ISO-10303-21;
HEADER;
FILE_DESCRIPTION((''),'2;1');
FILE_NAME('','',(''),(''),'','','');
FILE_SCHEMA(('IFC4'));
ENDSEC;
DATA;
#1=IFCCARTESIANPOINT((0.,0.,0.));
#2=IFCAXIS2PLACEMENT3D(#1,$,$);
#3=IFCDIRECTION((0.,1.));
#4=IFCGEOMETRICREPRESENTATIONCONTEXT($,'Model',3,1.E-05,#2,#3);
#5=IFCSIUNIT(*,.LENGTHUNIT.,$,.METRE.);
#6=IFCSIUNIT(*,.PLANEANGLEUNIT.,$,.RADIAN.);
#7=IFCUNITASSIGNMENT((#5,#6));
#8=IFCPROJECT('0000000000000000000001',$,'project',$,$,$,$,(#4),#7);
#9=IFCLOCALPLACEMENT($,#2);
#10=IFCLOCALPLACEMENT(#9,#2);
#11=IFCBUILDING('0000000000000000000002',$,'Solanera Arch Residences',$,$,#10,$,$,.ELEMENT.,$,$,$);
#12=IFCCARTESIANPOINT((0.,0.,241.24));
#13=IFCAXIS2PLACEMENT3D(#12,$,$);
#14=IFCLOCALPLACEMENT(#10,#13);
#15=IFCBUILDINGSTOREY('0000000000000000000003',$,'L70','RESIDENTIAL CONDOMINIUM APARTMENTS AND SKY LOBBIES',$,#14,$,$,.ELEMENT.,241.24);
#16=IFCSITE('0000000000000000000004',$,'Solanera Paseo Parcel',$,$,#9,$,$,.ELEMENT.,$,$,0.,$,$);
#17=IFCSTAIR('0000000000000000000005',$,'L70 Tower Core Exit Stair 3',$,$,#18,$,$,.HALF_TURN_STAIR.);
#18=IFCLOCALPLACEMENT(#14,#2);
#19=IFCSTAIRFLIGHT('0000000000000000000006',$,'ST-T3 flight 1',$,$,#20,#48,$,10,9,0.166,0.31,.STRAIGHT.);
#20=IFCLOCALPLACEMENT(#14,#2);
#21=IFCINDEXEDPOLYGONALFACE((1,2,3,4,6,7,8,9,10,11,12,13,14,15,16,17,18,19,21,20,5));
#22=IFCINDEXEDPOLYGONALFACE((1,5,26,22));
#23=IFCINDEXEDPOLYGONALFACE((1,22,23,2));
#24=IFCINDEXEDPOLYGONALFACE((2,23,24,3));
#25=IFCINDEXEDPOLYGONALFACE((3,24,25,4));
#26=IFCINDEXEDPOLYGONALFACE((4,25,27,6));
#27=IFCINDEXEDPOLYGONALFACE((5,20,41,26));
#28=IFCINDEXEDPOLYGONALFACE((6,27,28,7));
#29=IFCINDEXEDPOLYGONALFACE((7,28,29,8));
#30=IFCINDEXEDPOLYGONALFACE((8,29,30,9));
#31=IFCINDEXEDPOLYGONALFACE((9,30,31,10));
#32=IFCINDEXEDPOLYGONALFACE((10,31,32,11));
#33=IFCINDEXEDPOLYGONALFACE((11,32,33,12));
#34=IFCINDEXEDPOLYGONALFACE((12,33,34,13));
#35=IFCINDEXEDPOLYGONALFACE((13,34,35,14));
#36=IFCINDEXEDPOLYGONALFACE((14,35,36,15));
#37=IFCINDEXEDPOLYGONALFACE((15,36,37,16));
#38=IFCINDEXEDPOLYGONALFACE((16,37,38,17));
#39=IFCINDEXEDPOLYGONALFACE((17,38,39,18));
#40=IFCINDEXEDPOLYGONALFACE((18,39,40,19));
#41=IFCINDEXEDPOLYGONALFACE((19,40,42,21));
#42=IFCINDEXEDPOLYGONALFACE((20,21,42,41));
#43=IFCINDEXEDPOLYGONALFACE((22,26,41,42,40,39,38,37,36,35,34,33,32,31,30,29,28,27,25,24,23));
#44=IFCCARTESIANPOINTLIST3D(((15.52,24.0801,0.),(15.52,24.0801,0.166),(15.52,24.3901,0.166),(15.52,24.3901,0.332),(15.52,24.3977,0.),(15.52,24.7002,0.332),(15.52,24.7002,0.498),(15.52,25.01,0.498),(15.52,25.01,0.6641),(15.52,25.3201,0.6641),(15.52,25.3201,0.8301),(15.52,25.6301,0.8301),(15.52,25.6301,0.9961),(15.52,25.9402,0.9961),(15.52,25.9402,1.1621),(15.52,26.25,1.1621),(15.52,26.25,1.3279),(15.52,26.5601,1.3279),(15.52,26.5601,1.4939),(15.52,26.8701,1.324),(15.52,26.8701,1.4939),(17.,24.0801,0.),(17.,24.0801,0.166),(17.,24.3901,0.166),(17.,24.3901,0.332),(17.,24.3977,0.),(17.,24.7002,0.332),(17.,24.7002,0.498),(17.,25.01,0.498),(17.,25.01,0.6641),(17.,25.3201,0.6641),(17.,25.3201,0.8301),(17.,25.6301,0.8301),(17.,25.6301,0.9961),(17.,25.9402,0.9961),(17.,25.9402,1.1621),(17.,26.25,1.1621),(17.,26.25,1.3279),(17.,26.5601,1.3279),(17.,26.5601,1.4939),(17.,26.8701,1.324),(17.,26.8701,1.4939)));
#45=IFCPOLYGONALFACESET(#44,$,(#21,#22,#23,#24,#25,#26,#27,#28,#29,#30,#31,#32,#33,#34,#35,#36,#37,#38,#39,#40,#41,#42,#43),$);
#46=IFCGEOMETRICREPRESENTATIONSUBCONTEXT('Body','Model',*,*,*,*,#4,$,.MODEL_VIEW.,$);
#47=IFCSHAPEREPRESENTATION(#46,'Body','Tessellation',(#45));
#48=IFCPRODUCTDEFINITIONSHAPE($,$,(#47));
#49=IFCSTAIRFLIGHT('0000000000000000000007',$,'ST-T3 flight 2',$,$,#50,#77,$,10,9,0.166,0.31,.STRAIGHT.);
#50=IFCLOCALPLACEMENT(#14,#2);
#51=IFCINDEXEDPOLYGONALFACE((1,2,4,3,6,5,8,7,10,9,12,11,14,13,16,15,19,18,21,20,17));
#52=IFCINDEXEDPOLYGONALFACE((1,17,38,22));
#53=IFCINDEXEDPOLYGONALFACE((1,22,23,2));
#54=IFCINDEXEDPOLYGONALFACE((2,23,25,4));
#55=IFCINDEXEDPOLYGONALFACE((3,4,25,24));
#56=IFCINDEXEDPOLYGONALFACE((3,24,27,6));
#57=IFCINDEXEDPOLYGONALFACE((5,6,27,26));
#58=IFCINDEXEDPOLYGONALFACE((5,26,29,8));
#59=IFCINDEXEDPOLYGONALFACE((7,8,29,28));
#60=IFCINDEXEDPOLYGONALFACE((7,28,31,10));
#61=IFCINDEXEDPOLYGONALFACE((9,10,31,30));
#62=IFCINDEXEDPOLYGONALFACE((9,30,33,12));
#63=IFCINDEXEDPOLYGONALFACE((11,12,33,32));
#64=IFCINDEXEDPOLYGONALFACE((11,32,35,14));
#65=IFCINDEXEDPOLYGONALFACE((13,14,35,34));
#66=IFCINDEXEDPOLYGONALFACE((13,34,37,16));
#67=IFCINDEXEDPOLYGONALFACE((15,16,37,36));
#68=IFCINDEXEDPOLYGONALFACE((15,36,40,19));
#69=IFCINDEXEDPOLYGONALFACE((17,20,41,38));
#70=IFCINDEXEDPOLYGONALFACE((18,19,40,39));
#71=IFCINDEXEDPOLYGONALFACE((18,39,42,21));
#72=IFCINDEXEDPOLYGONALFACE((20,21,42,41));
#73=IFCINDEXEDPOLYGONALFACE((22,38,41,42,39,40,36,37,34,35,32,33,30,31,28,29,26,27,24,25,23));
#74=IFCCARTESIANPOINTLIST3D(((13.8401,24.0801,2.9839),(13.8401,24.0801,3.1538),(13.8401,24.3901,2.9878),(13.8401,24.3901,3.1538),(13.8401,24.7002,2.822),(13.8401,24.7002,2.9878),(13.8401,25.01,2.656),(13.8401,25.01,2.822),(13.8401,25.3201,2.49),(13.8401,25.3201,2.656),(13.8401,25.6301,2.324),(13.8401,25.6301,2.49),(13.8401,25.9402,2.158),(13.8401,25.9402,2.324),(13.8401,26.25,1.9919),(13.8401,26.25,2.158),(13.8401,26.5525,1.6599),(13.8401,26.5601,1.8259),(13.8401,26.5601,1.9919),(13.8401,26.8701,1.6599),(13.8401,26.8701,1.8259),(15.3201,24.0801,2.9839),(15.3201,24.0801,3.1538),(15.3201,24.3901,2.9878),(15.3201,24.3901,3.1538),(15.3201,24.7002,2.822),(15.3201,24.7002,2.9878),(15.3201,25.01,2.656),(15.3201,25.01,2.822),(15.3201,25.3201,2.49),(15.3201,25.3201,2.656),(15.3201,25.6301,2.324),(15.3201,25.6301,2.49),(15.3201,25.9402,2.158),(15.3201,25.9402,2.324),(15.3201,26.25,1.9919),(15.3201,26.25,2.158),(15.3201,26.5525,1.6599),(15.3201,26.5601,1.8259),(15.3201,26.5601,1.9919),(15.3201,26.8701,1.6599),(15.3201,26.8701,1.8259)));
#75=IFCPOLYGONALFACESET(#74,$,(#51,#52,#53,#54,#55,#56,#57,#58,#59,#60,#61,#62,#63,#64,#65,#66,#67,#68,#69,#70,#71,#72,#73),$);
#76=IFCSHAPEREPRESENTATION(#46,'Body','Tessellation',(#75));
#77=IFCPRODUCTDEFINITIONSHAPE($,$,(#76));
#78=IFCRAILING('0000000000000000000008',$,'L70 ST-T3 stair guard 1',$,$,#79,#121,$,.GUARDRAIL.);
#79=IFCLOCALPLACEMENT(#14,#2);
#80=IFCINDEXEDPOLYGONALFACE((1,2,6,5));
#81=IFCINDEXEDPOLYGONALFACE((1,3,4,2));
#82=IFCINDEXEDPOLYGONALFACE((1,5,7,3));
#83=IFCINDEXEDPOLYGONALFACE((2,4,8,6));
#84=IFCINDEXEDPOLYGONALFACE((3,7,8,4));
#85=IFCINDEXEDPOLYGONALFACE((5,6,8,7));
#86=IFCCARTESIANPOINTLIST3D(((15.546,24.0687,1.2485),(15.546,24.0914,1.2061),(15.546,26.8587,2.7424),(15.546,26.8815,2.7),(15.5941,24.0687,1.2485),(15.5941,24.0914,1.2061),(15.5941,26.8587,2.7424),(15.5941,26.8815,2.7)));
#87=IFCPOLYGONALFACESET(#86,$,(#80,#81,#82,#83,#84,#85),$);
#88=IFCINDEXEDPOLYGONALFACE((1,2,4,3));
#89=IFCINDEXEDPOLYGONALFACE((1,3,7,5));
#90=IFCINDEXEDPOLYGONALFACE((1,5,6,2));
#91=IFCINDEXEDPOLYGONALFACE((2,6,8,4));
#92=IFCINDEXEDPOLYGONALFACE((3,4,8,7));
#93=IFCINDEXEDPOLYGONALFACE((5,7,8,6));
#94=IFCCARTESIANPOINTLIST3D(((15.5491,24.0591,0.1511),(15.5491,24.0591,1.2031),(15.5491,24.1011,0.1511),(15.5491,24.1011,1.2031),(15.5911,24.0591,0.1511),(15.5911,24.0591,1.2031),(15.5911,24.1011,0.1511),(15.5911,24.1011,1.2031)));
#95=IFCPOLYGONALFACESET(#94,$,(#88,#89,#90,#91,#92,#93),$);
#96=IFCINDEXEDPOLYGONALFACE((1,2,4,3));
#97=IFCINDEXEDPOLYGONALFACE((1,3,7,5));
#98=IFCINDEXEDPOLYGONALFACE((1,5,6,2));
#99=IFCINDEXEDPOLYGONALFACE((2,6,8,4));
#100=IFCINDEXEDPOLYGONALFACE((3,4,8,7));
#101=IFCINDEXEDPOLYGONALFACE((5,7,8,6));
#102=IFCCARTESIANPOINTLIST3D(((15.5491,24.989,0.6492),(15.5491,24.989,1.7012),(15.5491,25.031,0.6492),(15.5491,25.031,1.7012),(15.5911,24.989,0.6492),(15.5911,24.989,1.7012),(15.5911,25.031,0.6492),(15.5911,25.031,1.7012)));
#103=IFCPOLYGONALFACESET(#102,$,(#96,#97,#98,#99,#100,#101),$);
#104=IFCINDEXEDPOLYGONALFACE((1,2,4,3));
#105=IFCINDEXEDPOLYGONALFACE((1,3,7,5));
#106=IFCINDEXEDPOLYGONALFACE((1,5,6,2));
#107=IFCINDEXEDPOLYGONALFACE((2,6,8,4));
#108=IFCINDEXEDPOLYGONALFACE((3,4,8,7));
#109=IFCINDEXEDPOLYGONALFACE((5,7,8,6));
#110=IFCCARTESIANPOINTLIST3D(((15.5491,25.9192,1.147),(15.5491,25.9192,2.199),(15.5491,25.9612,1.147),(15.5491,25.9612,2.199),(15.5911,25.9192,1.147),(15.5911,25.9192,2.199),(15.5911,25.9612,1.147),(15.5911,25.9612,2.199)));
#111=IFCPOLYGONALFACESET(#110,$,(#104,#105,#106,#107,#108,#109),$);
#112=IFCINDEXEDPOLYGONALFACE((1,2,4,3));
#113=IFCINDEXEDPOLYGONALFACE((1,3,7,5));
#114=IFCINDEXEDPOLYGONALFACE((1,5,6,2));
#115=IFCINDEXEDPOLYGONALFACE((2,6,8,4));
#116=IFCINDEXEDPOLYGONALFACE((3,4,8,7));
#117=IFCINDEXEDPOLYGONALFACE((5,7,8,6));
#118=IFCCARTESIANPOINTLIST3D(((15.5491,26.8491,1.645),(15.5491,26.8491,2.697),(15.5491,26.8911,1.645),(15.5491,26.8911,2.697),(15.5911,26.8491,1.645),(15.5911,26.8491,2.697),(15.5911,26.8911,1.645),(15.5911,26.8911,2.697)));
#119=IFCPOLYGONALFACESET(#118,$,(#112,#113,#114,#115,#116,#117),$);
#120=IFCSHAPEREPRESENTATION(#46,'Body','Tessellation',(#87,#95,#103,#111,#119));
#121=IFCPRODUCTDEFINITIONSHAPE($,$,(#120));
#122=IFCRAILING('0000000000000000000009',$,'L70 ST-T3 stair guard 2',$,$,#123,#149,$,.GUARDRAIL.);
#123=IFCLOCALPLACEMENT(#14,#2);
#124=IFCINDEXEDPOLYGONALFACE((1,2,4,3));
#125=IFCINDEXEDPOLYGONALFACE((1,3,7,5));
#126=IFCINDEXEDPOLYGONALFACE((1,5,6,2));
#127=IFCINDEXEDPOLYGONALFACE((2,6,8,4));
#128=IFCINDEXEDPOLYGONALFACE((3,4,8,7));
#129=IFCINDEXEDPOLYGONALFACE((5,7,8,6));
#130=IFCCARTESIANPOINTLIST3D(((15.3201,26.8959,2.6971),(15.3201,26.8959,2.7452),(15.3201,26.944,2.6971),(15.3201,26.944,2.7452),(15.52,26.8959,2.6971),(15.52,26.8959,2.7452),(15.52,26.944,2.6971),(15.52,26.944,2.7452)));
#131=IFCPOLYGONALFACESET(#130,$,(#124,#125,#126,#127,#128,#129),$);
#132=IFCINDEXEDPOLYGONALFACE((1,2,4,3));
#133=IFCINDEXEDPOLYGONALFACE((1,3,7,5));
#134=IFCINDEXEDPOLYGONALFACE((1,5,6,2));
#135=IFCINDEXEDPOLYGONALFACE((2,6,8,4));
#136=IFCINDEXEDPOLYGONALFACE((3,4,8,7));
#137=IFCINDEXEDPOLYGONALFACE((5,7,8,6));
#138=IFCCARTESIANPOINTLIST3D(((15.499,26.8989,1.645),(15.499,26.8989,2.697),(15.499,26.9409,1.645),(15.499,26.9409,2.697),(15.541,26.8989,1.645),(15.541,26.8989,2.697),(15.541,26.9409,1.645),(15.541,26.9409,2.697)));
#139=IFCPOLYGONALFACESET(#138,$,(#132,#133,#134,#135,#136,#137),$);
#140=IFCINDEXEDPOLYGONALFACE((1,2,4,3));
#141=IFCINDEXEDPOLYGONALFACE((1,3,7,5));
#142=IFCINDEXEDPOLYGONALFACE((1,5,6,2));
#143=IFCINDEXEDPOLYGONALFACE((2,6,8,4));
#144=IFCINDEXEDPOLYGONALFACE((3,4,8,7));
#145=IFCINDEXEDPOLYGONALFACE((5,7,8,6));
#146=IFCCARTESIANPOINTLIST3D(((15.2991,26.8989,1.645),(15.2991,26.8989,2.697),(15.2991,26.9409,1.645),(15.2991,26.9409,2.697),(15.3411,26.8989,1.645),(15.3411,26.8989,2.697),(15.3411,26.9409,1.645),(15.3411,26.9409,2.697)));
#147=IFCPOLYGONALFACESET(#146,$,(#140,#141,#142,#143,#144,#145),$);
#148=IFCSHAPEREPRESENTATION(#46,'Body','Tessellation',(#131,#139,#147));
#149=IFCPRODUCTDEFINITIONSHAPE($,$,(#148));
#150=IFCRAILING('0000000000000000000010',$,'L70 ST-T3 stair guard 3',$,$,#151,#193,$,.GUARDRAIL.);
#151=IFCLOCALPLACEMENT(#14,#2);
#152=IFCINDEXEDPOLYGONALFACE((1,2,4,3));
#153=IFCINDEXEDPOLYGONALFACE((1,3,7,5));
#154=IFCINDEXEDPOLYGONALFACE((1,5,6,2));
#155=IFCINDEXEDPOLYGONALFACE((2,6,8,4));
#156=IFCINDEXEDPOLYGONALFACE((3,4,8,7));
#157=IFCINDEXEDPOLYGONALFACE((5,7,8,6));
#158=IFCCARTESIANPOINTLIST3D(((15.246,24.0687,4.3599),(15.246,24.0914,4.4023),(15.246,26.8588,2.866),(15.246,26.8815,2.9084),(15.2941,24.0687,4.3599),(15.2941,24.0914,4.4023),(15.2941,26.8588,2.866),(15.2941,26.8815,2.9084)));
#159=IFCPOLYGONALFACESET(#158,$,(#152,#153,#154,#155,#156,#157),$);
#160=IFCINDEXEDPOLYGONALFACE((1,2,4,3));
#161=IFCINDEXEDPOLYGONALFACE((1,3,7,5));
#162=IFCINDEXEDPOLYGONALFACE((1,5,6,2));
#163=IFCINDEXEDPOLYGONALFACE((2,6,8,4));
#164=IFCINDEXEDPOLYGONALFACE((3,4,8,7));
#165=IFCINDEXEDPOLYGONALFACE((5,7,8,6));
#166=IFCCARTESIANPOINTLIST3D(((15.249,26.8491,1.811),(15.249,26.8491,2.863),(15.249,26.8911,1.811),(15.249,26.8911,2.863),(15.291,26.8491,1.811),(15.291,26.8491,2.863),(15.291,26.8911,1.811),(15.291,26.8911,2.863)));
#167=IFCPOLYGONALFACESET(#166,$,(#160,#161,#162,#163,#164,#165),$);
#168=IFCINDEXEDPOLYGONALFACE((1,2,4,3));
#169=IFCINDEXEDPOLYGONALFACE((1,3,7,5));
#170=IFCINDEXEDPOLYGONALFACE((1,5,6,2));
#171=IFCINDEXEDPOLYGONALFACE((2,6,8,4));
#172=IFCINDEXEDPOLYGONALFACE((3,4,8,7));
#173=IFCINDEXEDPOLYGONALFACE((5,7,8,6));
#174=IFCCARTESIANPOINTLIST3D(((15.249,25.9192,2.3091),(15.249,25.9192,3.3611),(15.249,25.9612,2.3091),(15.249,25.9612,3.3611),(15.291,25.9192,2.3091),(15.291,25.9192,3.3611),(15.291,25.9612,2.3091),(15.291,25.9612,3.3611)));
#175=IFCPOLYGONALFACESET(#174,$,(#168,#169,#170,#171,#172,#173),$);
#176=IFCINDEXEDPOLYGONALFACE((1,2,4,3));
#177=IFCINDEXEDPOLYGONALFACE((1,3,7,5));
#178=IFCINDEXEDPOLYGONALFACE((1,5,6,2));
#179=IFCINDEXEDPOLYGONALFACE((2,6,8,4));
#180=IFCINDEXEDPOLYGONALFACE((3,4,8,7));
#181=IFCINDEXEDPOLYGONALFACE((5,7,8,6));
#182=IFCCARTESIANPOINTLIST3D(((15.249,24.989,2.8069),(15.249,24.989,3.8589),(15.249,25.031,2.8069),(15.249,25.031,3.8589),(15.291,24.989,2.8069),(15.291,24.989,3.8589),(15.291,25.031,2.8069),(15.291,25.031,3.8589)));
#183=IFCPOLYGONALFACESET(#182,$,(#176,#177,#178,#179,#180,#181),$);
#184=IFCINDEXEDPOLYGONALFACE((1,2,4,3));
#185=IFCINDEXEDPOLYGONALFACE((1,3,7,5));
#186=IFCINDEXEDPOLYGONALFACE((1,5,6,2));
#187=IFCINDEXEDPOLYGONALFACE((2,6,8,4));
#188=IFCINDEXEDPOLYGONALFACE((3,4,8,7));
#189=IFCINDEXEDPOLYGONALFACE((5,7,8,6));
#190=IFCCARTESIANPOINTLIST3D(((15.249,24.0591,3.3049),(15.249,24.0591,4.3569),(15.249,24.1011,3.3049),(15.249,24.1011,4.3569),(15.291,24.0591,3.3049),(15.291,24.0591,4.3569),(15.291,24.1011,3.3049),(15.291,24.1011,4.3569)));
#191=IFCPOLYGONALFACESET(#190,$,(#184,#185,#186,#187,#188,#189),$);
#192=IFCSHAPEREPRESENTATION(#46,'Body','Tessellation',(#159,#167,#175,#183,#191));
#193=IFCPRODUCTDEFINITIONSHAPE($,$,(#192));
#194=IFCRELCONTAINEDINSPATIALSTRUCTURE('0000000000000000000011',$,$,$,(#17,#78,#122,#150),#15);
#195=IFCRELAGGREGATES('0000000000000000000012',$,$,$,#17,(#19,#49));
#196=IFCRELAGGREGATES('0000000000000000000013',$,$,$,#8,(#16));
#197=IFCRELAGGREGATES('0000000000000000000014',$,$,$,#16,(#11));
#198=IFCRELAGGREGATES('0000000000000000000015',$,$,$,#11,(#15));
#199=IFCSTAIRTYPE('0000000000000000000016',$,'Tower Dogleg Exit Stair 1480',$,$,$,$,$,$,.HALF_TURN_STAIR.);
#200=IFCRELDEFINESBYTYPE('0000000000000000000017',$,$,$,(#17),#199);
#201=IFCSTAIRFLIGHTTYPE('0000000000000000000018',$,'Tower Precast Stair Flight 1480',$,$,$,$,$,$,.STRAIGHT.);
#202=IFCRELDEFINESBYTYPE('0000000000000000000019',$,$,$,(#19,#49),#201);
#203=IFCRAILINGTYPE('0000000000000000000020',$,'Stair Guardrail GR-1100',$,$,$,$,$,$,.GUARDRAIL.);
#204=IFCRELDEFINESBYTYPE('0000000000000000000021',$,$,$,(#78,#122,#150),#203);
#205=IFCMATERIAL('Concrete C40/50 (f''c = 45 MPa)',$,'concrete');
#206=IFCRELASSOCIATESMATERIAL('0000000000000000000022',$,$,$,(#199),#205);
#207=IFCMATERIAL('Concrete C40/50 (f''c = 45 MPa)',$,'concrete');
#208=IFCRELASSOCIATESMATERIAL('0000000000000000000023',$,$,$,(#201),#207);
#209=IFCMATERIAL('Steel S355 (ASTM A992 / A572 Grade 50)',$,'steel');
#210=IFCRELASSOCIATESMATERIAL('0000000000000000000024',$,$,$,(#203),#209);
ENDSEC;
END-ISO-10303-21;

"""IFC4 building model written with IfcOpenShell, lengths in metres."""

from ifc_helpers import new_model, si_unit, direction, frame, origin, origin_2d, place, context, subcontext, project, spatial, polyline, rectangle, outline, extrude, material, type_object, element, aggregate, save


model = new_model("IFC4")

# Units and contexts
model_context = context("Model", 3, precision=1e-05, world=origin(), true_north=direction((0.0, 1.0)))
body_context = subcontext(model_context, "Body", "Model", "MODEL_VIEW")
ifc_project = project(units=[si_unit("LENGTHUNIT", "METRE"), si_unit("PLANEANGLEUNIT", "RADIAN")], contexts=[model_context])

# Site, building, storey
site_placement = place(None, origin())
site = spatial("IfcSite", under=ifc_project, at=site_placement, Name="Solanera Paseo Parcel", CompositionType="ELEMENT", RefElevation=0.0)
building_placement = place(site_placement, origin())
building = spatial("IfcBuilding", under=site, at=building_placement, Name="Solanera Arch Residences", CompositionType="ELEMENT")
storey_placement = place(building_placement, frame((0.0, 0.0, 241.24)))
storey = spatial("IfcBuildingStorey", under=building, at=storey_placement, Name="L70", Description="RESIDENTIAL CONDOMINIUM APARTMENTS AND SKY LOBBIES", CompositionType="ELEMENT", Elevation=241.24)

# Stair, stair flights
ifc_material_1 = material(Name="Concrete C40/50 (f'c = 45 MPa)", Category="concrete")
stair_type = type_object("IfcStairType", Name="Tower Dogleg Exit Stair 1480", PredefinedType="HALF_TURN_STAIR", material=ifc_material_1)
stair_placement = place(storey_placement, origin())
stair = element("IfcStair", 1, at=stair_placement, inside=storey, type_object=stair_type, Name="L70 Tower Core Exit Stair 3", PredefinedType="HALF_TURN_STAIR")
ifc_material_2 = material(Name="Concrete C40/50 (f'c = 45 MPa)", Category="concrete")
stair_flight_type = type_object("IfcStairFlightType", Name="Tower Precast Stair Flight 1480", PredefinedType="STRAIGHT", material=ifc_material_2)
stair_flight_1_placement = place(storey_placement, frame((16.26, 24.0801, 0.0), z_axis=(0.0, 0.0, 1.0), x_axis=(0.0, 1.0, 0.0)))
stair_flight_1 = element("IfcStairFlight", 2, at=stair_flight_1_placement, type_object=stair_flight_type, Name="ST-T3 flight 1", NumberOfRisers=10, NumberOfTreads=9, PredefinedType="STRAIGHT", RiserHeight=0.166, TreadLength=0.31, context=body_context, shape_type="SweptSolid", body=[
    extrude(outline(polyline([(0.0, 0.0), (0.0, 0.166), (0.3101, 0.166), (0.3101, 0.332), (0.6201, 0.332), (0.6201, 0.498), (0.9299, 0.498), (0.9299, 0.6641), (1.24, 0.6641), (1.24, 0.8301), (1.55, 0.8301), (1.55, 0.9961), (1.8601, 0.9961), (1.8601, 1.1621), (2.1699, 1.1621), (2.1699, 1.3279), (2.48, 1.3279), (2.48, 1.4939), (2.79, 1.4939), (2.79, 1.6599), (2.79, 1.324), (0.3176, 0.0), (0.0, 0.0)])), frame((0.0, 0.74, 0.0), z_axis=(0.0, -1.0, 0.0), x_axis=(1.0, 0.0, 0.0)), (0.0, 0.0, 1.0), 1.48),
])
stair_flight_2_placement = place(storey_placement, frame((14.5801, 26.8701, 1.6599), z_axis=(0.0, 0.0, 1.0), x_axis=(0.0, -1.0, 0.0)))
stair_flight_2 = element("IfcStairFlight", 3, at=stair_flight_2_placement, type_object=stair_flight_type, Name="ST-T3 flight 2", NumberOfRisers=10, NumberOfTreads=9, PredefinedType="STRAIGHT", RiserHeight=0.166, TreadLength=0.31, context=body_context, shape_type="SweptSolid", body=[
    extrude(outline(polyline([(0.0, 0.0), (0.0, 0.166), (0.3101, 0.166), (0.3101, 0.332), (0.6201, 0.332), (0.6201, 0.498), (0.9299, 0.498), (0.9299, 0.6641), (1.24, 0.6641), (1.24, 0.8301), (1.55, 0.8301), (1.55, 0.9961), (1.8601, 0.9961), (1.8601, 1.1621), (2.1699, 1.1621), (2.1699, 1.3279), (2.48, 1.3279), (2.48, 1.4939), (2.79, 1.4939), (2.79, 1.6599), (2.79, 1.324), (0.3176, 0.0), (0.0, 0.0)])), frame((0.0, 0.74, 0.0), z_axis=(0.0, -1.0, 0.0), x_axis=(1.0, 0.0, 0.0)), (0.0, 0.0, 1.0), 1.48),
])
aggregate(stair, [stair_flight_1, stair_flight_2])

# Railings
ifc_material_3 = material(Name="Steel S355 (ASTM A992 / A572 Grade 50)", Category="steel")
railing_type_1 = type_object("IfcRailingType", Name="Stair Guardrail GR-1100", PredefinedType="GUARDRAIL", material=ifc_material_3)
railing_1_placement = place(storey_placement, frame((15.5701, 24.0801, 0.1511)))
element("IfcRailing", 4, at=railing_1_placement, inside=storey, type_object=railing_type_1, Name="L70 ST-T3 stair guard 1", PredefinedType="GUARDRAIL", context=body_context, shape_type="SweptSolid", body=[
    extrude(rectangle(XDim=0.0481, YDim=0.0481, at=origin_2d()), frame((0.0, 0.0, 1.0762), z_axis=(0.0, 0.881581, 0.472033), x_axis=(-1.0, 0.0, 0.0)), (0.0, 0.0, 1.0), 3.1648),
    extrude(rectangle(XDim=0.042, YDim=0.042, at=origin_2d()), origin(), (0.0, 0.0, 1.0), 1.052),
    extrude(rectangle(XDim=0.042, YDim=0.042, at=origin_2d()), frame((0.0, 0.9299, 0.498)), (0.0, 0.0, 1.0), 1.052),
    extrude(rectangle(XDim=0.042, YDim=0.042, at=origin_2d()), frame((0.0, 1.8601, 0.9958)), (0.0, 0.0, 1.0), 1.052),
    extrude(rectangle(XDim=0.042, YDim=0.042, at=origin_2d()), frame((0.0, 2.79, 1.4939)), (0.0, 0.0, 1.0), 1.052),
])
railing_2_placement = place(storey_placement, frame((15.52, 26.9199, 1.645)))
element("IfcRailing", 5, at=railing_2_placement, inside=storey, type_object=railing_type_1, Name="L70 ST-T3 stair guard 2", PredefinedType="GUARDRAIL", context=body_context, shape_type="SweptSolid", body=[
    extrude(rectangle(XDim=0.0481, YDim=0.0481, at=origin_2d()), frame((0.0, 0.0, 1.0762), z_axis=(-1.0, 0.0, 0.0), x_axis=(0.0, -1.0, 0.0)), (0.0, 0.0, 1.0), 0.2),
    extrude(rectangle(XDim=0.042, YDim=0.042, at=origin_2d()), origin(), (0.0, 0.0, 1.0), 1.052),
    extrude(rectangle(XDim=0.042, YDim=0.042, at=origin_2d()), frame((-0.2, 0.0, 0.0)), (0.0, 0.0, 1.0), 1.052),
])
railing_3_placement = place(storey_placement, frame((15.27, 26.8701, 1.811)))
element("IfcRailing", 6, at=railing_3_placement, inside=storey, type_object=railing_type_1, Name="L70 ST-T3 stair guard 3", PredefinedType="GUARDRAIL", context=body_context, shape_type="SweptSolid", body=[
    extrude(rectangle(XDim=0.0481, YDim=0.0481, at=origin_2d()), frame((0.0, 0.0, 1.0762), z_axis=(0.0, -0.881581, 0.472033), x_axis=(1.0, 0.0, 0.0)), (0.0, 0.0, 1.0), 3.1648),
    extrude(rectangle(XDim=0.042, YDim=0.042, at=origin_2d()), origin(), (0.0, 0.0, 1.0), 1.052),
    extrude(rectangle(XDim=0.042, YDim=0.042, at=origin_2d()), frame((0.0, -0.9299, 0.498)), (0.0, 0.0, 1.0), 1.052),
    extrude(rectangle(XDim=0.042, YDim=0.042, at=origin_2d()), frame((0.0, -1.8601, 0.9958)), (0.0, 0.0, 1.0), 1.052),
    extrude(rectangle(XDim=0.042, YDim=0.042, at=origin_2d()), frame((0.0, -2.79, 1.4939)), (0.0, 0.0, 1.0), 1.052),
])

save(model, "model.ifc")
